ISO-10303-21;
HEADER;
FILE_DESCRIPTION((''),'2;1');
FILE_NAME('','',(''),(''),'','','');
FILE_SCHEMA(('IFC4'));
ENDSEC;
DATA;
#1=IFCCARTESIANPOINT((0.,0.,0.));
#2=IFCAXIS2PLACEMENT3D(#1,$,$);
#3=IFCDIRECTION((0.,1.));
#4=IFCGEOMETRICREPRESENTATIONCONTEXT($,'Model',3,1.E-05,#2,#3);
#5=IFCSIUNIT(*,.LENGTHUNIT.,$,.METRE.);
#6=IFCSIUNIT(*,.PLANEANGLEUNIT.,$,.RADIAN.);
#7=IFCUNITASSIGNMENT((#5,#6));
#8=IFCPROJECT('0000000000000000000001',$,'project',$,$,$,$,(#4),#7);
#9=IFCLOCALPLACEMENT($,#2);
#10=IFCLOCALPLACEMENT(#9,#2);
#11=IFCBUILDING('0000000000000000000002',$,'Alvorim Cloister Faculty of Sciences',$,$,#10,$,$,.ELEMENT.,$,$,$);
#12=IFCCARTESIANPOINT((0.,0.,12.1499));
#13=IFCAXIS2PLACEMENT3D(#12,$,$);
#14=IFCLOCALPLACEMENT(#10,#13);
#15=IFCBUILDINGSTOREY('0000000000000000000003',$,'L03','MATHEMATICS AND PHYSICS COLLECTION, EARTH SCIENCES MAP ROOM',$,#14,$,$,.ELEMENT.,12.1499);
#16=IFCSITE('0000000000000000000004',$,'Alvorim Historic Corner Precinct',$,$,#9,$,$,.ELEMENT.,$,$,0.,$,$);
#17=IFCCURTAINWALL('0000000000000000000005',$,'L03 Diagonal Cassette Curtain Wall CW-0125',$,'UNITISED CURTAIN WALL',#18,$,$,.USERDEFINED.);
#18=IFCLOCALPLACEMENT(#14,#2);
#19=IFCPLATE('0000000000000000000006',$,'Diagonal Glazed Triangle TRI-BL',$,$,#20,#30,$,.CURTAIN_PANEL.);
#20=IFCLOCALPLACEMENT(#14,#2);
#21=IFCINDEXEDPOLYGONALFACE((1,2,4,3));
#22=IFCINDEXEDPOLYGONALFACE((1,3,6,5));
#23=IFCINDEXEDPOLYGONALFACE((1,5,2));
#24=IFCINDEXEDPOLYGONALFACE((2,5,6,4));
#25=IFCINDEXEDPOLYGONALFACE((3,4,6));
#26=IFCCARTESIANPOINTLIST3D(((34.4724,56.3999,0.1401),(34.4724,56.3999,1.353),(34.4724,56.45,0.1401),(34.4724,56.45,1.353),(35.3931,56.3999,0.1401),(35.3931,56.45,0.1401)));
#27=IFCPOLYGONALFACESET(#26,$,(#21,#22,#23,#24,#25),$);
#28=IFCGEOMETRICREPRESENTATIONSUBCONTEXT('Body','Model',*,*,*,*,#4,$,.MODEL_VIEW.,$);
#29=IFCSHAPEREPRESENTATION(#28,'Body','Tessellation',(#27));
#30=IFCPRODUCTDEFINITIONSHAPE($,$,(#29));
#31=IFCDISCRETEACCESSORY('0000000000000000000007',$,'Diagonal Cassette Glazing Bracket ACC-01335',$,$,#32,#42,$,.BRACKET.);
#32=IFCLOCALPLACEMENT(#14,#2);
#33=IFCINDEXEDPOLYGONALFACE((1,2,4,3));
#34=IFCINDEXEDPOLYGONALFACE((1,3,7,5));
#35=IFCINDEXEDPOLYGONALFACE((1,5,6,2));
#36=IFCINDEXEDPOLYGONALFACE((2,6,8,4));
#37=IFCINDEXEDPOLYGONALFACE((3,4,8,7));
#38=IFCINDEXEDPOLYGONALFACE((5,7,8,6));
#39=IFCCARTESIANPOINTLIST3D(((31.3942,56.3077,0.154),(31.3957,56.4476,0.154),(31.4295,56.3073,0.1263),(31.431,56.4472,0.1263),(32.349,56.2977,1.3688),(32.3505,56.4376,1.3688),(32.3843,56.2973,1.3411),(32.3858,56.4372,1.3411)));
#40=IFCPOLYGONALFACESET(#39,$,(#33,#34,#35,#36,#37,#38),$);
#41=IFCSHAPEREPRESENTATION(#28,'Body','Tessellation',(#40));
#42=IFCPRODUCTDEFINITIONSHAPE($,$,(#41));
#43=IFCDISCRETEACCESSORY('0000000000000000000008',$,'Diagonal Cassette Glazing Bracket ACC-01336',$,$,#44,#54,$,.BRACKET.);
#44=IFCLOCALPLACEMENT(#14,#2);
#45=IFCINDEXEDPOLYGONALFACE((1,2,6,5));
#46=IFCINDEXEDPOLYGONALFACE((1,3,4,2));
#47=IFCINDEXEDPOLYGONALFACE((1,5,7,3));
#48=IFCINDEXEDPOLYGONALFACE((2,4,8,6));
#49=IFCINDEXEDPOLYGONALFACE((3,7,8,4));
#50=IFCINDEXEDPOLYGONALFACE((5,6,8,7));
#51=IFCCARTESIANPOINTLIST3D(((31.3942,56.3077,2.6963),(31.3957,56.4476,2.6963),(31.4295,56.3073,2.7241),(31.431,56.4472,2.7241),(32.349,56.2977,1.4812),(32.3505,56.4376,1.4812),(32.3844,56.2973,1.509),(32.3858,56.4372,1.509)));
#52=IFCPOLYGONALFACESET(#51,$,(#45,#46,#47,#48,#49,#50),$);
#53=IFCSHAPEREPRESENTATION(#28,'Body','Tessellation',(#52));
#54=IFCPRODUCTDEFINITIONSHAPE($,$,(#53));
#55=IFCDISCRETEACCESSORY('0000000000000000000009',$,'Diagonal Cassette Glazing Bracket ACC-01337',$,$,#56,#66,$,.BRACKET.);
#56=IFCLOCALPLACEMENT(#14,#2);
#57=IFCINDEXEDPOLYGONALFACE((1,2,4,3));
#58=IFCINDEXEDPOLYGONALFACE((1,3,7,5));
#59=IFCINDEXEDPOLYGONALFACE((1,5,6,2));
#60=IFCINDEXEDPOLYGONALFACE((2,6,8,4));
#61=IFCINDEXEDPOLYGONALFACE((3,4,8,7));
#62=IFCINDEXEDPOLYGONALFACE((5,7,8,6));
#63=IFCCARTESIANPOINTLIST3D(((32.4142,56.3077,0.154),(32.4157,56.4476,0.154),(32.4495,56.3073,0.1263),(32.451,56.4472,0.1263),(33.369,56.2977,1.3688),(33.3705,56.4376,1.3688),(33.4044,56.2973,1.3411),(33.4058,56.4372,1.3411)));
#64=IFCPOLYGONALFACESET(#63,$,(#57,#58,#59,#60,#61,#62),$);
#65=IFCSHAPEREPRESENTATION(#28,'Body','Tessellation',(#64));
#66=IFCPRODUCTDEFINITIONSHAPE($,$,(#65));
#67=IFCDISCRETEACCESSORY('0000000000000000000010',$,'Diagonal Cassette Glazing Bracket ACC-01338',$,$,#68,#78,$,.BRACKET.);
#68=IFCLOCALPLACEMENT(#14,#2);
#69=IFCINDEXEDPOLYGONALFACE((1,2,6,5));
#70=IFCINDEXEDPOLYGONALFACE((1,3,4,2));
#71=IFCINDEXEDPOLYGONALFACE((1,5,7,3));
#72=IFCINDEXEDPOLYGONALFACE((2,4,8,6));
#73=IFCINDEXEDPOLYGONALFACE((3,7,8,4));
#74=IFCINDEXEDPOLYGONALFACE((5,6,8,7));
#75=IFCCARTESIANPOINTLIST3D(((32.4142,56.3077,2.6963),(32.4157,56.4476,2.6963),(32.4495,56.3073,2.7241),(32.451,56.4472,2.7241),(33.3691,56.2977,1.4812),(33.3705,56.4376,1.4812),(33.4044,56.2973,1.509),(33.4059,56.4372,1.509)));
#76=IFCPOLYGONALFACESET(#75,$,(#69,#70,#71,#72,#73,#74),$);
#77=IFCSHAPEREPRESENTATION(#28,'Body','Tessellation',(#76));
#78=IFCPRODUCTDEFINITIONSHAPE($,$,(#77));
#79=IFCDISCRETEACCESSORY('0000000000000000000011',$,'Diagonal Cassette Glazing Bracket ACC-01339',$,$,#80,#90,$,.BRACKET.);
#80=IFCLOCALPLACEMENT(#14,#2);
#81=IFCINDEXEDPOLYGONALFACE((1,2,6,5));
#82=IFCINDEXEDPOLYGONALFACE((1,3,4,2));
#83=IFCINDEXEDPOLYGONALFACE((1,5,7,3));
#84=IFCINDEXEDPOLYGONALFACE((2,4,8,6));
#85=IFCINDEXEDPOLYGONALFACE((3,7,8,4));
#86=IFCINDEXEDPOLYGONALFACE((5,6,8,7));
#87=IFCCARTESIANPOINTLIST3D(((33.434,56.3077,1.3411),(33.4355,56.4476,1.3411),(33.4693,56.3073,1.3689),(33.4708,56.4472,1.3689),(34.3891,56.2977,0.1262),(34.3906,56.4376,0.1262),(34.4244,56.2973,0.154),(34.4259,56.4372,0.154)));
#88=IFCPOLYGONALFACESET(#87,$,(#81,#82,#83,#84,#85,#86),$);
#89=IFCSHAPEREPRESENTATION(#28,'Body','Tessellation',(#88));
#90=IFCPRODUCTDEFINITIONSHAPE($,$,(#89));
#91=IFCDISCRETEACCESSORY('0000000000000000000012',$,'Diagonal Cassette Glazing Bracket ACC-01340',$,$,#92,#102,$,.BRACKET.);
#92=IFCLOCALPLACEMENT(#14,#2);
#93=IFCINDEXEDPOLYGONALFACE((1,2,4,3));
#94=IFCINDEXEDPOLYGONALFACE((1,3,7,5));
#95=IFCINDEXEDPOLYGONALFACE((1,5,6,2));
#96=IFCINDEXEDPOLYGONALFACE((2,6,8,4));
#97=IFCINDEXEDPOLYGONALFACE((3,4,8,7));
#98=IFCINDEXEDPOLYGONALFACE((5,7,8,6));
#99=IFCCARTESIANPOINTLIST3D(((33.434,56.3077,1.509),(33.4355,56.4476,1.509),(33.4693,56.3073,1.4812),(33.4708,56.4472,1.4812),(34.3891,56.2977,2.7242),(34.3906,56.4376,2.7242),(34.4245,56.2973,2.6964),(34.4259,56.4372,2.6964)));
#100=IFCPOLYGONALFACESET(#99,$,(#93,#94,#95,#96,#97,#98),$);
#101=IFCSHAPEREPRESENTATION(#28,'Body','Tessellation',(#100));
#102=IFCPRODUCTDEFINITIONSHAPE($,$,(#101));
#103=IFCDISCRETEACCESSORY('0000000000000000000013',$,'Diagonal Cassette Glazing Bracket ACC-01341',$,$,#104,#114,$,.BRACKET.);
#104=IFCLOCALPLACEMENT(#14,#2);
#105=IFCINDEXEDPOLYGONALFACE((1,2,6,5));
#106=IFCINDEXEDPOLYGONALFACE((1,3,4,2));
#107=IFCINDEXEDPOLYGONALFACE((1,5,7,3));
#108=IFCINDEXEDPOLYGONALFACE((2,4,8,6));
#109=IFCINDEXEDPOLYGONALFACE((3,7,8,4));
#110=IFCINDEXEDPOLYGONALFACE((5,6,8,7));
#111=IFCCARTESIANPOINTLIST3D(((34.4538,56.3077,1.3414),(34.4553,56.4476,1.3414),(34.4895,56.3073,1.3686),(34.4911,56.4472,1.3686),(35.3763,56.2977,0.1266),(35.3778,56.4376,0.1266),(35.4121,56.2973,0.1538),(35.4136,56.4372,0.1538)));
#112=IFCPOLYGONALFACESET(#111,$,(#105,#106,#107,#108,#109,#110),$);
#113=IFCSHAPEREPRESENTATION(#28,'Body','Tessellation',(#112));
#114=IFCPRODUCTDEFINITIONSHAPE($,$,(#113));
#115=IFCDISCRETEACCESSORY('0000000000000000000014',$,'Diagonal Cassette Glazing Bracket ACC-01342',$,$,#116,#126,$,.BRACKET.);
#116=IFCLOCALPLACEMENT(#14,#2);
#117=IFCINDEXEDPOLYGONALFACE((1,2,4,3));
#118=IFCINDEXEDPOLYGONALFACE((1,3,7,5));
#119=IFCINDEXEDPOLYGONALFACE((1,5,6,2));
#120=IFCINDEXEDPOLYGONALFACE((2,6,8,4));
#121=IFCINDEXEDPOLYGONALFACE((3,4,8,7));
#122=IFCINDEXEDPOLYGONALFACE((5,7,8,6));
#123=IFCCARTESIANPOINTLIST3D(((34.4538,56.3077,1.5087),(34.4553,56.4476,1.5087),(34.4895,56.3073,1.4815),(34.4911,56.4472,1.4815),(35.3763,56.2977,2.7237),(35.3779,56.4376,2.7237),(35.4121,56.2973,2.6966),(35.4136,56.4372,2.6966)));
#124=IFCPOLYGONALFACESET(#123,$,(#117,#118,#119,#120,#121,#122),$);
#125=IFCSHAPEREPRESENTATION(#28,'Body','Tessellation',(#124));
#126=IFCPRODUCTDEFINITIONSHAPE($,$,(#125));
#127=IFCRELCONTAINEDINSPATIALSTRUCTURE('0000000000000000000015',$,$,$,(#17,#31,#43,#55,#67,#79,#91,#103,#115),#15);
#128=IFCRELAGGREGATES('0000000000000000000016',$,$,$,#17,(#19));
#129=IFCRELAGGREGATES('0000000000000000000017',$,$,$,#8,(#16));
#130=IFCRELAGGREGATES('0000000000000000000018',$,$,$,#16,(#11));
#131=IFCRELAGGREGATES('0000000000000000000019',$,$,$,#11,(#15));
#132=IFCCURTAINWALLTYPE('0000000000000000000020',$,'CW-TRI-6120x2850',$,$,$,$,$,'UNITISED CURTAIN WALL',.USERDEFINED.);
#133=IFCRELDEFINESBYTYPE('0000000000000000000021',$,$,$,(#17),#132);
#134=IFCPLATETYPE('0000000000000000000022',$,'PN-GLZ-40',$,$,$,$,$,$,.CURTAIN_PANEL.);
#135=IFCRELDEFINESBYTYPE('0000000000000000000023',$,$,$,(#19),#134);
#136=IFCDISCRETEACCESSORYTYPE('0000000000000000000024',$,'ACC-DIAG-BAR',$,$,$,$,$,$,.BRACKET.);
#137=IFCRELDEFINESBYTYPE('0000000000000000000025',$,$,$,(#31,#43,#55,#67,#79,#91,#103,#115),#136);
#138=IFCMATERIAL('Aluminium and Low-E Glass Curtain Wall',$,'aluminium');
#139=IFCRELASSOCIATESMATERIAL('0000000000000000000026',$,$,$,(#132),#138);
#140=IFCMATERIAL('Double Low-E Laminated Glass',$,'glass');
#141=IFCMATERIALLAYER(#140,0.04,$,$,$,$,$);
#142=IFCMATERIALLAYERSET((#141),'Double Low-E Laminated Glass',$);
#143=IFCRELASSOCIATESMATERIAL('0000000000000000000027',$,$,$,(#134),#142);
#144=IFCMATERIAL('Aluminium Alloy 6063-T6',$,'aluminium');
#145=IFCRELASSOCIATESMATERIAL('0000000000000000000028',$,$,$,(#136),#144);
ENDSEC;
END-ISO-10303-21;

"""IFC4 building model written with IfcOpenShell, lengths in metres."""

from ifc_helpers import new_model, si_unit, direction, frame, origin, origin_2d, place, context, subcontext, project, spatial, polyline, rectangle, outline, extrude, material, layer, layer_set, type_object, element, aggregate, save


model = new_model("IFC4")

# Units and contexts
model_context = context("Model", 3, precision=1e-05, world=origin(), true_north=direction((0.0, 1.0)))
body_context = subcontext(model_context, "Body", "Model", "MODEL_VIEW")
ifc_project = project(units=[si_unit("LENGTHUNIT", "METRE"), si_unit("PLANEANGLEUNIT", "RADIAN")], contexts=[model_context])

# Site, building, storey
site_placement = place(None, origin())
site = spatial("IfcSite", under=ifc_project, at=site_placement, Name="Alvorim Historic Corner Precinct", CompositionType="ELEMENT", RefElevation=0.0)
building_placement = place(site_placement, origin())
building = spatial("IfcBuilding", under=site, at=building_placement, Name="Alvorim Cloister Faculty of Sciences", CompositionType="ELEMENT")
storey_placement = place(building_placement, frame((0.0, 0.0, 12.1499)))
storey = spatial("IfcBuildingStorey", under=building, at=storey_placement, Name="L03", Description="MATHEMATICS AND PHYSICS COLLECTION, EARTH SCIENCES MAP ROOM", CompositionType="ELEMENT", Elevation=12.1499)

# Curtain wall, plate
ifc_material_1 = material(Name="Aluminium and Low-E Glass Curtain Wall", Category="aluminium")
curtain_wall_type = type_object("IfcCurtainWallType", Name="CW-TRI-6120x2850", ElementType="UNITISED CURTAIN WALL", PredefinedType="USERDEFINED", material=ifc_material_1)
curtain_wall_placement = place(storey_placement, origin())
curtain_wall = element("IfcCurtainWall", 1, at=curtain_wall_placement, inside=storey, type_object=curtain_wall_type, Name="L03 Diagonal Cassette Curtain Wall CW-0125", ObjectType="UNITISED CURTAIN WALL", PredefinedType="USERDEFINED")
ifc_material_2 = material(Name="Aluminium Alloy 6063-T6", Category="aluminium")
ifc_material_3 = material(Name="Double Low-E Laminated Glass", Category="glass")
ifc_layer = layer(ifc_material_3, 0.04)
ifc_layer_set = layer_set([ifc_layer], Name="Double Low-E Laminated Glass")
plate_type = type_object("IfcPlateType", Name="PN-GLZ-40", PredefinedType="CURTAIN_PANEL", material=ifc_layer_set)
plate_1_placement = place(storey_placement, frame((34.4724, 56.425, 0.1401), z_axis=(0.0, 0.0, 1.0), x_axis=(1.0, 0.0, 0.0)))
plate_1 = element("IfcPlate", 2, at=plate_1_placement, type_object=plate_type, Name="Diagonal Glazed Triangle TRI-BL", PredefinedType="CURTAIN_PANEL", context=body_context, shape_type="SweptSolid", body=[
    extrude(outline(polyline([(0.0, 0.0), (0.9207, 0.0), (0.0, 1.2129), (0.0, 0.0)])), frame((0.0, 0.0249, 0.0), z_axis=(0.0, -1.0, 0.0), x_axis=(1.0, 0.0, 0.0)), (0.0, 0.0, 1.0), 0.05),
])
aggregate(curtain_wall, [plate_1])

# Discrete accessories
discrete_accessory_type = type_object("IfcDiscreteAccessoryType", Name="ACC-DIAG-BAR", PredefinedType="BRACKET", material=ifc_material_2)
discrete_accessory_1_placement = place(storey_placement, frame((31.4126, 56.3774, 0.1401), z_axis=(0.617934, -0.006478, 0.786203), x_axis=(0.010483, 0.999945, 0.0)))
element("IfcDiscreteAccessory", 3, at=discrete_accessory_1_placement, inside=storey, type_object=discrete_accessory_type, Name="Diagonal Cassette Glazing Bracket ACC-01335", PredefinedType="BRACKET", context=body_context, shape_type="SweptSolid", body=[
    extrude(rectangle(XDim=0.1399, YDim=0.0449, at=origin_2d()), origin(), (0.0, 0.0, 1.0), 1.5452),
])
discrete_accessory_2_placement = place(storey_placement, frame((31.4126, 56.3774, 2.7102), z_axis=(0.617857, -0.006477, -0.786263), x_axis=(0.010483, 0.999945, 0.0)))
element("IfcDiscreteAccessory", 4, at=discrete_accessory_2_placement, inside=storey, type_object=discrete_accessory_type, Name="Diagonal Cassette Glazing Bracket ACC-01336", PredefinedType="BRACKET", context=body_context, shape_type="SweptSolid", body=[
    extrude(rectangle(XDim=0.1399, YDim=0.0449, at=origin_2d()), origin(), (0.0, 0.0, 1.0), 1.5454),
])
discrete_accessory_3_placement = place(storey_placement, frame((32.4326, 56.3774, 0.1401), z_axis=(0.617934, -0.006478, 0.786203), x_axis=(0.010483, 0.999945, 0.0)))
element("IfcDiscreteAccessory", 5, at=discrete_accessory_3_placement, inside=storey, type_object=discrete_accessory_type, Name="Diagonal Cassette Glazing Bracket ACC-01337", PredefinedType="BRACKET", context=body_context, shape_type="SweptSolid", body=[
    extrude(rectangle(XDim=0.1399, YDim=0.0449, at=origin_2d()), origin(), (0.0, 0.0, 1.0), 1.5452),
])
for number, where, z_axis, x_axis, name in (
    (6, (32.4326, 56.3774, 2.7102), (0.617857, -0.006477, -0.786263), (0.010483, 0.999945, 0.0), "Diagonal Cassette Glazing Bracket ACC-01338"),
    (7, (33.4524, 56.3774, 1.355), (0.618032, -0.006477, -0.786126), (0.01048, 0.999945, 0.0), "Diagonal Cassette Glazing Bracket ACC-01339"),
):
    element("IfcDiscreteAccessory", number, at=place(storey_placement, frame(where, z_axis=z_axis, x_axis=x_axis)), inside=storey, type_object=discrete_accessory_type, Name=name, PredefinedType="BRACKET", context=body_context, shape_type="SweptSolid", body=[
        extrude(rectangle(XDim=0.1399, YDim=0.0449, at=origin_2d()), origin(), (0.0, 0.0, 1.0), 1.5454),
    ])
discrete_accessory_4_placement = place(storey_placement, frame((33.4524, 56.3774, 1.4951), z_axis=(0.617955, -0.006477, 0.786187), x_axis=(0.01048, 0.999945, 0.0)))
element("IfcDiscreteAccessory", 8, at=discrete_accessory_4_placement, inside=storey, type_object=discrete_accessory_type, Name="Diagonal Cassette Glazing Bracket ACC-01340", PredefinedType="BRACKET", context=body_context, shape_type="SweptSolid", body=[
    extrude(rectangle(XDim=0.1399, YDim=0.0449, at=origin_2d()), origin(), (0.0, 0.0, 1.0), 1.5457),
])
discrete_accessory_5_placement = place(storey_placement, frame((34.4724, 56.3774, 1.355), z_axis=(0.60479, -0.006562, -0.796358), x_axis=(0.010849, 0.999941, 0.0)))
element("IfcDiscreteAccessory", 9, at=discrete_accessory_5_placement, inside=storey, type_object=discrete_accessory_type, Name="Diagonal Cassette Glazing Bracket ACC-01341", PredefinedType="BRACKET", context=body_context, shape_type="SweptSolid", body=[
    extrude(rectangle(XDim=0.1399, YDim=0.0449, at=origin_2d()), origin(), (0.0, 0.0, 1.0), 1.5254),
])
discrete_accessory_6_placement = place(storey_placement, frame((34.4724, 56.3774, 1.4951), z_axis=(0.604713, -0.006561, 0.796416), x_axis=(0.010849, 0.999941, 0.0)))
element("IfcDiscreteAccessory", 10, at=discrete_accessory_6_placement, inside=storey, type_object=discrete_accessory_type, Name="Diagonal Cassette Glazing Bracket ACC-01342", PredefinedType="BRACKET", context=body_context, shape_type="SweptSolid", body=[
    extrude(rectangle(XDim=0.1399, YDim=0.0449, at=origin_2d()), origin(), (0.0, 0.0, 1.0), 1.5256),
])

save(model, "model.ifc")
